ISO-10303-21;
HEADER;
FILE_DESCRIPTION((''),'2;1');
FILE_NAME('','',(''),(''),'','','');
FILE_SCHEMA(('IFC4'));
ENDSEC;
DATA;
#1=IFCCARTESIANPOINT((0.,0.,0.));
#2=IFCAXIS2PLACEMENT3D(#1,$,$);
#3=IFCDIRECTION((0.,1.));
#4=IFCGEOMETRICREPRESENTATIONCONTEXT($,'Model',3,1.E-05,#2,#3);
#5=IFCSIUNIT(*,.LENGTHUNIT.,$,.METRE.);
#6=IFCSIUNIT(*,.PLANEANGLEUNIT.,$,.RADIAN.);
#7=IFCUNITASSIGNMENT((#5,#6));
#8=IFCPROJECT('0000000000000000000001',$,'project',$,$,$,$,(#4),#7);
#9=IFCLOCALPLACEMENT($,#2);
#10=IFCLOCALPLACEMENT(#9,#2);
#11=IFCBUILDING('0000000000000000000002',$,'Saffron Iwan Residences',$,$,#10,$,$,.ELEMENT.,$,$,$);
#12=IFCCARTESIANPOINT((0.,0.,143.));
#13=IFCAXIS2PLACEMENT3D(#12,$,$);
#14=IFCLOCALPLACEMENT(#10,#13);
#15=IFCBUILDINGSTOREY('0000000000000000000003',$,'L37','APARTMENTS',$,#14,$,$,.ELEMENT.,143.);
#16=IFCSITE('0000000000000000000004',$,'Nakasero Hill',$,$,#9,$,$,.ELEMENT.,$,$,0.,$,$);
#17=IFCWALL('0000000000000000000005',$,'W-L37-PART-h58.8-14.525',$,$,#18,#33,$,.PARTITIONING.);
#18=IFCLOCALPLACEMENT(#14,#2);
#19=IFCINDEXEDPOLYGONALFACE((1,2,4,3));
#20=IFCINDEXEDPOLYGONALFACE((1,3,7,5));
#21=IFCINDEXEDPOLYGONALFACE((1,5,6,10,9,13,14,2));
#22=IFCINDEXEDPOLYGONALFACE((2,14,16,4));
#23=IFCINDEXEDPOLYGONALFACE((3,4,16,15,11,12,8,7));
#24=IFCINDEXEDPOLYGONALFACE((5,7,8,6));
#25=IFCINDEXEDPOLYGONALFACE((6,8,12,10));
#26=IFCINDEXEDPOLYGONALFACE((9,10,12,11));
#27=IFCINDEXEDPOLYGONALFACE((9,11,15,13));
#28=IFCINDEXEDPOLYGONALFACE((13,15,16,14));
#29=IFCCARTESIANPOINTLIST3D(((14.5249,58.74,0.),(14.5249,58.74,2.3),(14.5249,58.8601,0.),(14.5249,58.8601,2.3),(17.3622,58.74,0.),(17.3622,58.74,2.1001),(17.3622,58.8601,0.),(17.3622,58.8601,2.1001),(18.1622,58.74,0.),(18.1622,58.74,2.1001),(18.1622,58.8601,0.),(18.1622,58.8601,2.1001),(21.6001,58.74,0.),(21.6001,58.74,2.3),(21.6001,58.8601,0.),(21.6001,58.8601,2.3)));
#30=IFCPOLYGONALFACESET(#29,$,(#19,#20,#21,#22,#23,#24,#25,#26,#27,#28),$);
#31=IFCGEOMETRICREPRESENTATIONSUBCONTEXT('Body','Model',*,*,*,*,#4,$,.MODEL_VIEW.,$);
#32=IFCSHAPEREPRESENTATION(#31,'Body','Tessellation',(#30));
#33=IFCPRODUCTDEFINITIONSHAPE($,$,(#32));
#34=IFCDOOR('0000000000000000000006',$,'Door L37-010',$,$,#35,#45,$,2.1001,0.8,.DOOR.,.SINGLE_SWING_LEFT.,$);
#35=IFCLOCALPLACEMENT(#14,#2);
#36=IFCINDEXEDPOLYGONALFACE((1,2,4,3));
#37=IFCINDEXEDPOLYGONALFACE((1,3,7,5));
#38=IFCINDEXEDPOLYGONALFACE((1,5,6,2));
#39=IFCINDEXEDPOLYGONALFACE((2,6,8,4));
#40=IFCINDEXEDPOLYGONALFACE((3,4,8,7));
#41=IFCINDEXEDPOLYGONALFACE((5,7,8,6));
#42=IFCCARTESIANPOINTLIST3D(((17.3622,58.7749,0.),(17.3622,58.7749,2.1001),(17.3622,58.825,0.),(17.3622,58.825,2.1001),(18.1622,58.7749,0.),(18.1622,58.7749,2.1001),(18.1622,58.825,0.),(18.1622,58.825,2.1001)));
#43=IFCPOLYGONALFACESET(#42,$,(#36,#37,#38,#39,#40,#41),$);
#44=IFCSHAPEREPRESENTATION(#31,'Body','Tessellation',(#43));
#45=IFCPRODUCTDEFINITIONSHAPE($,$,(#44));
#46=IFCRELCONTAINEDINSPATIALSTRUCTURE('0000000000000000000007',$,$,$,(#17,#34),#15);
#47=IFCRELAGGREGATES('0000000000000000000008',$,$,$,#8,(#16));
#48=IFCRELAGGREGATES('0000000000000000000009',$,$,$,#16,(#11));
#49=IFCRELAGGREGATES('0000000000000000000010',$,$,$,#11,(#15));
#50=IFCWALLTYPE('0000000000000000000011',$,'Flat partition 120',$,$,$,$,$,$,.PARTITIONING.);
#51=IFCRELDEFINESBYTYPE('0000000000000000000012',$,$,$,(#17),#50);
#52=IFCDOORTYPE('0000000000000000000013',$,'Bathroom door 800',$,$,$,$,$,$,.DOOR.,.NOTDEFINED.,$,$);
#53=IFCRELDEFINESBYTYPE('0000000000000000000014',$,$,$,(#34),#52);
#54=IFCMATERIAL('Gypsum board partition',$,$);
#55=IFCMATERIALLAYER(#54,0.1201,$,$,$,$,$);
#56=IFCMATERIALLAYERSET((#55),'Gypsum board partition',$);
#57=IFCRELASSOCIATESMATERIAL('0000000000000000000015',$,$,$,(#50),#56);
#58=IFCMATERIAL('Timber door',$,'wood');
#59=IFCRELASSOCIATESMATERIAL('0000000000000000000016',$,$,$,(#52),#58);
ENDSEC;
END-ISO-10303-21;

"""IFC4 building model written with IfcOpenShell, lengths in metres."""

from ifc_helpers import new_model, si_unit, direction, frame, frame_2d, origin, place, context, subcontext, project, spatial, rectangle, extrude, material, layer, layer_set, type_object, element, fill, save


model = new_model("IFC4")

# Units and contexts
model_context = context("Model", 3, precision=1e-05, world=origin(), true_north=direction((0.0, 1.0)))
body_context = subcontext(model_context, "Body", "Model", "MODEL_VIEW")
ifc_project = project(units=[si_unit("LENGTHUNIT", "METRE"), si_unit("PLANEANGLEUNIT", "RADIAN")], contexts=[model_context])

# Site, building, storey
site_placement = place(None, origin())
site = spatial("IfcSite", under=ifc_project, at=site_placement, Name="Nakasero Hill", CompositionType="ELEMENT", RefElevation=0.0)
building_placement = place(site_placement, origin())
building = spatial("IfcBuilding", under=site, at=building_placement, Name="Saffron Iwan Residences", CompositionType="ELEMENT")
storey_placement = place(building_placement, frame((0.0, 0.0, 143.0)))
storey = spatial("IfcBuildingStorey", under=building, at=storey_placement, Name="L37", Description="APARTMENTS", CompositionType="ELEMENT", Elevation=143.0)

# Shared definitions
ifc_material_1 = material(Name="Gypsum board partition")
ifc_layer_1 = layer(ifc_material_1, 0.1201)
ifc_layer_set_1 = layer_set([ifc_layer_1], Name="Gypsum board partition")
wall_type_1 = type_object("IfcWallType", Name="Flat partition 120", PredefinedType="PARTITIONING", material=ifc_layer_set_1)

# Wall, opening, door
wall_1_placement = place(storey_placement, frame((14.5249, 58.8, 0.0), z_axis=(0.0, 0.0, 1.0), x_axis=(1.0, 0.0, 0.0)))
wall_1 = element("IfcWall", 1, at=wall_1_placement, inside=storey, type_object=wall_type_1, Name="W-L37-PART-h58.8-14.525", PredefinedType="PARTITIONING", context=body_context, shape_type="SweptSolid", body=[
    extrude(rectangle(XDim=7.0752, YDim=0.1201, at=frame_2d((3.5376, 0.0))), origin(), (0.0, 0.0, 1.0), 2.3),
])
opening_1_placement = place(wall_1_placement, frame((2.8374, 0.0, 0.0)))
opening_1 = element("IfcOpeningElement", 2, at=opening_1_placement, cuts=wall_1, PredefinedType="OPENING", context=body_context, shape_type="SweptSolid", body=[
    extrude(rectangle(XDim=0.8, YDim=2.1001, at=frame_2d((0.3999, 1.05))), frame((0.0, 0.0701, 0.0), z_axis=(0.0, -1.0, 0.0), x_axis=(1.0, 0.0, 0.0)), (0.0, 0.0, 1.0), 0.1401),
])
ifc_material_2 = material(Name="Timber door", Category="wood")
door_type_1 = type_object("IfcDoorType", Name="Bathroom door 800", OperationType="NOTDEFINED", PredefinedType="DOOR", material=ifc_material_2)
door_1_placement = place(opening_1_placement, origin())
door_1 = element("IfcDoor", 3, at=door_1_placement, inside=storey, type_object=door_type_1, Name="Door L37-010", OperationType="SINGLE_SWING_LEFT", OverallHeight=2.1001, OverallWidth=0.8, PredefinedType="DOOR", context=body_context, shape_type="SweptSolid", body=[
    extrude(rectangle(XDim=0.8, YDim=2.1001, at=frame_2d((0.3999, 1.05))), frame((0.0, 0.0249, 0.0), z_axis=(0.0, -1.0, 0.0), x_axis=(1.0, 0.0, 0.0)), (0.0, 0.0, 1.0), 0.05),
])
fill(opening_1, door_1)

save(model, "model.ifc")
